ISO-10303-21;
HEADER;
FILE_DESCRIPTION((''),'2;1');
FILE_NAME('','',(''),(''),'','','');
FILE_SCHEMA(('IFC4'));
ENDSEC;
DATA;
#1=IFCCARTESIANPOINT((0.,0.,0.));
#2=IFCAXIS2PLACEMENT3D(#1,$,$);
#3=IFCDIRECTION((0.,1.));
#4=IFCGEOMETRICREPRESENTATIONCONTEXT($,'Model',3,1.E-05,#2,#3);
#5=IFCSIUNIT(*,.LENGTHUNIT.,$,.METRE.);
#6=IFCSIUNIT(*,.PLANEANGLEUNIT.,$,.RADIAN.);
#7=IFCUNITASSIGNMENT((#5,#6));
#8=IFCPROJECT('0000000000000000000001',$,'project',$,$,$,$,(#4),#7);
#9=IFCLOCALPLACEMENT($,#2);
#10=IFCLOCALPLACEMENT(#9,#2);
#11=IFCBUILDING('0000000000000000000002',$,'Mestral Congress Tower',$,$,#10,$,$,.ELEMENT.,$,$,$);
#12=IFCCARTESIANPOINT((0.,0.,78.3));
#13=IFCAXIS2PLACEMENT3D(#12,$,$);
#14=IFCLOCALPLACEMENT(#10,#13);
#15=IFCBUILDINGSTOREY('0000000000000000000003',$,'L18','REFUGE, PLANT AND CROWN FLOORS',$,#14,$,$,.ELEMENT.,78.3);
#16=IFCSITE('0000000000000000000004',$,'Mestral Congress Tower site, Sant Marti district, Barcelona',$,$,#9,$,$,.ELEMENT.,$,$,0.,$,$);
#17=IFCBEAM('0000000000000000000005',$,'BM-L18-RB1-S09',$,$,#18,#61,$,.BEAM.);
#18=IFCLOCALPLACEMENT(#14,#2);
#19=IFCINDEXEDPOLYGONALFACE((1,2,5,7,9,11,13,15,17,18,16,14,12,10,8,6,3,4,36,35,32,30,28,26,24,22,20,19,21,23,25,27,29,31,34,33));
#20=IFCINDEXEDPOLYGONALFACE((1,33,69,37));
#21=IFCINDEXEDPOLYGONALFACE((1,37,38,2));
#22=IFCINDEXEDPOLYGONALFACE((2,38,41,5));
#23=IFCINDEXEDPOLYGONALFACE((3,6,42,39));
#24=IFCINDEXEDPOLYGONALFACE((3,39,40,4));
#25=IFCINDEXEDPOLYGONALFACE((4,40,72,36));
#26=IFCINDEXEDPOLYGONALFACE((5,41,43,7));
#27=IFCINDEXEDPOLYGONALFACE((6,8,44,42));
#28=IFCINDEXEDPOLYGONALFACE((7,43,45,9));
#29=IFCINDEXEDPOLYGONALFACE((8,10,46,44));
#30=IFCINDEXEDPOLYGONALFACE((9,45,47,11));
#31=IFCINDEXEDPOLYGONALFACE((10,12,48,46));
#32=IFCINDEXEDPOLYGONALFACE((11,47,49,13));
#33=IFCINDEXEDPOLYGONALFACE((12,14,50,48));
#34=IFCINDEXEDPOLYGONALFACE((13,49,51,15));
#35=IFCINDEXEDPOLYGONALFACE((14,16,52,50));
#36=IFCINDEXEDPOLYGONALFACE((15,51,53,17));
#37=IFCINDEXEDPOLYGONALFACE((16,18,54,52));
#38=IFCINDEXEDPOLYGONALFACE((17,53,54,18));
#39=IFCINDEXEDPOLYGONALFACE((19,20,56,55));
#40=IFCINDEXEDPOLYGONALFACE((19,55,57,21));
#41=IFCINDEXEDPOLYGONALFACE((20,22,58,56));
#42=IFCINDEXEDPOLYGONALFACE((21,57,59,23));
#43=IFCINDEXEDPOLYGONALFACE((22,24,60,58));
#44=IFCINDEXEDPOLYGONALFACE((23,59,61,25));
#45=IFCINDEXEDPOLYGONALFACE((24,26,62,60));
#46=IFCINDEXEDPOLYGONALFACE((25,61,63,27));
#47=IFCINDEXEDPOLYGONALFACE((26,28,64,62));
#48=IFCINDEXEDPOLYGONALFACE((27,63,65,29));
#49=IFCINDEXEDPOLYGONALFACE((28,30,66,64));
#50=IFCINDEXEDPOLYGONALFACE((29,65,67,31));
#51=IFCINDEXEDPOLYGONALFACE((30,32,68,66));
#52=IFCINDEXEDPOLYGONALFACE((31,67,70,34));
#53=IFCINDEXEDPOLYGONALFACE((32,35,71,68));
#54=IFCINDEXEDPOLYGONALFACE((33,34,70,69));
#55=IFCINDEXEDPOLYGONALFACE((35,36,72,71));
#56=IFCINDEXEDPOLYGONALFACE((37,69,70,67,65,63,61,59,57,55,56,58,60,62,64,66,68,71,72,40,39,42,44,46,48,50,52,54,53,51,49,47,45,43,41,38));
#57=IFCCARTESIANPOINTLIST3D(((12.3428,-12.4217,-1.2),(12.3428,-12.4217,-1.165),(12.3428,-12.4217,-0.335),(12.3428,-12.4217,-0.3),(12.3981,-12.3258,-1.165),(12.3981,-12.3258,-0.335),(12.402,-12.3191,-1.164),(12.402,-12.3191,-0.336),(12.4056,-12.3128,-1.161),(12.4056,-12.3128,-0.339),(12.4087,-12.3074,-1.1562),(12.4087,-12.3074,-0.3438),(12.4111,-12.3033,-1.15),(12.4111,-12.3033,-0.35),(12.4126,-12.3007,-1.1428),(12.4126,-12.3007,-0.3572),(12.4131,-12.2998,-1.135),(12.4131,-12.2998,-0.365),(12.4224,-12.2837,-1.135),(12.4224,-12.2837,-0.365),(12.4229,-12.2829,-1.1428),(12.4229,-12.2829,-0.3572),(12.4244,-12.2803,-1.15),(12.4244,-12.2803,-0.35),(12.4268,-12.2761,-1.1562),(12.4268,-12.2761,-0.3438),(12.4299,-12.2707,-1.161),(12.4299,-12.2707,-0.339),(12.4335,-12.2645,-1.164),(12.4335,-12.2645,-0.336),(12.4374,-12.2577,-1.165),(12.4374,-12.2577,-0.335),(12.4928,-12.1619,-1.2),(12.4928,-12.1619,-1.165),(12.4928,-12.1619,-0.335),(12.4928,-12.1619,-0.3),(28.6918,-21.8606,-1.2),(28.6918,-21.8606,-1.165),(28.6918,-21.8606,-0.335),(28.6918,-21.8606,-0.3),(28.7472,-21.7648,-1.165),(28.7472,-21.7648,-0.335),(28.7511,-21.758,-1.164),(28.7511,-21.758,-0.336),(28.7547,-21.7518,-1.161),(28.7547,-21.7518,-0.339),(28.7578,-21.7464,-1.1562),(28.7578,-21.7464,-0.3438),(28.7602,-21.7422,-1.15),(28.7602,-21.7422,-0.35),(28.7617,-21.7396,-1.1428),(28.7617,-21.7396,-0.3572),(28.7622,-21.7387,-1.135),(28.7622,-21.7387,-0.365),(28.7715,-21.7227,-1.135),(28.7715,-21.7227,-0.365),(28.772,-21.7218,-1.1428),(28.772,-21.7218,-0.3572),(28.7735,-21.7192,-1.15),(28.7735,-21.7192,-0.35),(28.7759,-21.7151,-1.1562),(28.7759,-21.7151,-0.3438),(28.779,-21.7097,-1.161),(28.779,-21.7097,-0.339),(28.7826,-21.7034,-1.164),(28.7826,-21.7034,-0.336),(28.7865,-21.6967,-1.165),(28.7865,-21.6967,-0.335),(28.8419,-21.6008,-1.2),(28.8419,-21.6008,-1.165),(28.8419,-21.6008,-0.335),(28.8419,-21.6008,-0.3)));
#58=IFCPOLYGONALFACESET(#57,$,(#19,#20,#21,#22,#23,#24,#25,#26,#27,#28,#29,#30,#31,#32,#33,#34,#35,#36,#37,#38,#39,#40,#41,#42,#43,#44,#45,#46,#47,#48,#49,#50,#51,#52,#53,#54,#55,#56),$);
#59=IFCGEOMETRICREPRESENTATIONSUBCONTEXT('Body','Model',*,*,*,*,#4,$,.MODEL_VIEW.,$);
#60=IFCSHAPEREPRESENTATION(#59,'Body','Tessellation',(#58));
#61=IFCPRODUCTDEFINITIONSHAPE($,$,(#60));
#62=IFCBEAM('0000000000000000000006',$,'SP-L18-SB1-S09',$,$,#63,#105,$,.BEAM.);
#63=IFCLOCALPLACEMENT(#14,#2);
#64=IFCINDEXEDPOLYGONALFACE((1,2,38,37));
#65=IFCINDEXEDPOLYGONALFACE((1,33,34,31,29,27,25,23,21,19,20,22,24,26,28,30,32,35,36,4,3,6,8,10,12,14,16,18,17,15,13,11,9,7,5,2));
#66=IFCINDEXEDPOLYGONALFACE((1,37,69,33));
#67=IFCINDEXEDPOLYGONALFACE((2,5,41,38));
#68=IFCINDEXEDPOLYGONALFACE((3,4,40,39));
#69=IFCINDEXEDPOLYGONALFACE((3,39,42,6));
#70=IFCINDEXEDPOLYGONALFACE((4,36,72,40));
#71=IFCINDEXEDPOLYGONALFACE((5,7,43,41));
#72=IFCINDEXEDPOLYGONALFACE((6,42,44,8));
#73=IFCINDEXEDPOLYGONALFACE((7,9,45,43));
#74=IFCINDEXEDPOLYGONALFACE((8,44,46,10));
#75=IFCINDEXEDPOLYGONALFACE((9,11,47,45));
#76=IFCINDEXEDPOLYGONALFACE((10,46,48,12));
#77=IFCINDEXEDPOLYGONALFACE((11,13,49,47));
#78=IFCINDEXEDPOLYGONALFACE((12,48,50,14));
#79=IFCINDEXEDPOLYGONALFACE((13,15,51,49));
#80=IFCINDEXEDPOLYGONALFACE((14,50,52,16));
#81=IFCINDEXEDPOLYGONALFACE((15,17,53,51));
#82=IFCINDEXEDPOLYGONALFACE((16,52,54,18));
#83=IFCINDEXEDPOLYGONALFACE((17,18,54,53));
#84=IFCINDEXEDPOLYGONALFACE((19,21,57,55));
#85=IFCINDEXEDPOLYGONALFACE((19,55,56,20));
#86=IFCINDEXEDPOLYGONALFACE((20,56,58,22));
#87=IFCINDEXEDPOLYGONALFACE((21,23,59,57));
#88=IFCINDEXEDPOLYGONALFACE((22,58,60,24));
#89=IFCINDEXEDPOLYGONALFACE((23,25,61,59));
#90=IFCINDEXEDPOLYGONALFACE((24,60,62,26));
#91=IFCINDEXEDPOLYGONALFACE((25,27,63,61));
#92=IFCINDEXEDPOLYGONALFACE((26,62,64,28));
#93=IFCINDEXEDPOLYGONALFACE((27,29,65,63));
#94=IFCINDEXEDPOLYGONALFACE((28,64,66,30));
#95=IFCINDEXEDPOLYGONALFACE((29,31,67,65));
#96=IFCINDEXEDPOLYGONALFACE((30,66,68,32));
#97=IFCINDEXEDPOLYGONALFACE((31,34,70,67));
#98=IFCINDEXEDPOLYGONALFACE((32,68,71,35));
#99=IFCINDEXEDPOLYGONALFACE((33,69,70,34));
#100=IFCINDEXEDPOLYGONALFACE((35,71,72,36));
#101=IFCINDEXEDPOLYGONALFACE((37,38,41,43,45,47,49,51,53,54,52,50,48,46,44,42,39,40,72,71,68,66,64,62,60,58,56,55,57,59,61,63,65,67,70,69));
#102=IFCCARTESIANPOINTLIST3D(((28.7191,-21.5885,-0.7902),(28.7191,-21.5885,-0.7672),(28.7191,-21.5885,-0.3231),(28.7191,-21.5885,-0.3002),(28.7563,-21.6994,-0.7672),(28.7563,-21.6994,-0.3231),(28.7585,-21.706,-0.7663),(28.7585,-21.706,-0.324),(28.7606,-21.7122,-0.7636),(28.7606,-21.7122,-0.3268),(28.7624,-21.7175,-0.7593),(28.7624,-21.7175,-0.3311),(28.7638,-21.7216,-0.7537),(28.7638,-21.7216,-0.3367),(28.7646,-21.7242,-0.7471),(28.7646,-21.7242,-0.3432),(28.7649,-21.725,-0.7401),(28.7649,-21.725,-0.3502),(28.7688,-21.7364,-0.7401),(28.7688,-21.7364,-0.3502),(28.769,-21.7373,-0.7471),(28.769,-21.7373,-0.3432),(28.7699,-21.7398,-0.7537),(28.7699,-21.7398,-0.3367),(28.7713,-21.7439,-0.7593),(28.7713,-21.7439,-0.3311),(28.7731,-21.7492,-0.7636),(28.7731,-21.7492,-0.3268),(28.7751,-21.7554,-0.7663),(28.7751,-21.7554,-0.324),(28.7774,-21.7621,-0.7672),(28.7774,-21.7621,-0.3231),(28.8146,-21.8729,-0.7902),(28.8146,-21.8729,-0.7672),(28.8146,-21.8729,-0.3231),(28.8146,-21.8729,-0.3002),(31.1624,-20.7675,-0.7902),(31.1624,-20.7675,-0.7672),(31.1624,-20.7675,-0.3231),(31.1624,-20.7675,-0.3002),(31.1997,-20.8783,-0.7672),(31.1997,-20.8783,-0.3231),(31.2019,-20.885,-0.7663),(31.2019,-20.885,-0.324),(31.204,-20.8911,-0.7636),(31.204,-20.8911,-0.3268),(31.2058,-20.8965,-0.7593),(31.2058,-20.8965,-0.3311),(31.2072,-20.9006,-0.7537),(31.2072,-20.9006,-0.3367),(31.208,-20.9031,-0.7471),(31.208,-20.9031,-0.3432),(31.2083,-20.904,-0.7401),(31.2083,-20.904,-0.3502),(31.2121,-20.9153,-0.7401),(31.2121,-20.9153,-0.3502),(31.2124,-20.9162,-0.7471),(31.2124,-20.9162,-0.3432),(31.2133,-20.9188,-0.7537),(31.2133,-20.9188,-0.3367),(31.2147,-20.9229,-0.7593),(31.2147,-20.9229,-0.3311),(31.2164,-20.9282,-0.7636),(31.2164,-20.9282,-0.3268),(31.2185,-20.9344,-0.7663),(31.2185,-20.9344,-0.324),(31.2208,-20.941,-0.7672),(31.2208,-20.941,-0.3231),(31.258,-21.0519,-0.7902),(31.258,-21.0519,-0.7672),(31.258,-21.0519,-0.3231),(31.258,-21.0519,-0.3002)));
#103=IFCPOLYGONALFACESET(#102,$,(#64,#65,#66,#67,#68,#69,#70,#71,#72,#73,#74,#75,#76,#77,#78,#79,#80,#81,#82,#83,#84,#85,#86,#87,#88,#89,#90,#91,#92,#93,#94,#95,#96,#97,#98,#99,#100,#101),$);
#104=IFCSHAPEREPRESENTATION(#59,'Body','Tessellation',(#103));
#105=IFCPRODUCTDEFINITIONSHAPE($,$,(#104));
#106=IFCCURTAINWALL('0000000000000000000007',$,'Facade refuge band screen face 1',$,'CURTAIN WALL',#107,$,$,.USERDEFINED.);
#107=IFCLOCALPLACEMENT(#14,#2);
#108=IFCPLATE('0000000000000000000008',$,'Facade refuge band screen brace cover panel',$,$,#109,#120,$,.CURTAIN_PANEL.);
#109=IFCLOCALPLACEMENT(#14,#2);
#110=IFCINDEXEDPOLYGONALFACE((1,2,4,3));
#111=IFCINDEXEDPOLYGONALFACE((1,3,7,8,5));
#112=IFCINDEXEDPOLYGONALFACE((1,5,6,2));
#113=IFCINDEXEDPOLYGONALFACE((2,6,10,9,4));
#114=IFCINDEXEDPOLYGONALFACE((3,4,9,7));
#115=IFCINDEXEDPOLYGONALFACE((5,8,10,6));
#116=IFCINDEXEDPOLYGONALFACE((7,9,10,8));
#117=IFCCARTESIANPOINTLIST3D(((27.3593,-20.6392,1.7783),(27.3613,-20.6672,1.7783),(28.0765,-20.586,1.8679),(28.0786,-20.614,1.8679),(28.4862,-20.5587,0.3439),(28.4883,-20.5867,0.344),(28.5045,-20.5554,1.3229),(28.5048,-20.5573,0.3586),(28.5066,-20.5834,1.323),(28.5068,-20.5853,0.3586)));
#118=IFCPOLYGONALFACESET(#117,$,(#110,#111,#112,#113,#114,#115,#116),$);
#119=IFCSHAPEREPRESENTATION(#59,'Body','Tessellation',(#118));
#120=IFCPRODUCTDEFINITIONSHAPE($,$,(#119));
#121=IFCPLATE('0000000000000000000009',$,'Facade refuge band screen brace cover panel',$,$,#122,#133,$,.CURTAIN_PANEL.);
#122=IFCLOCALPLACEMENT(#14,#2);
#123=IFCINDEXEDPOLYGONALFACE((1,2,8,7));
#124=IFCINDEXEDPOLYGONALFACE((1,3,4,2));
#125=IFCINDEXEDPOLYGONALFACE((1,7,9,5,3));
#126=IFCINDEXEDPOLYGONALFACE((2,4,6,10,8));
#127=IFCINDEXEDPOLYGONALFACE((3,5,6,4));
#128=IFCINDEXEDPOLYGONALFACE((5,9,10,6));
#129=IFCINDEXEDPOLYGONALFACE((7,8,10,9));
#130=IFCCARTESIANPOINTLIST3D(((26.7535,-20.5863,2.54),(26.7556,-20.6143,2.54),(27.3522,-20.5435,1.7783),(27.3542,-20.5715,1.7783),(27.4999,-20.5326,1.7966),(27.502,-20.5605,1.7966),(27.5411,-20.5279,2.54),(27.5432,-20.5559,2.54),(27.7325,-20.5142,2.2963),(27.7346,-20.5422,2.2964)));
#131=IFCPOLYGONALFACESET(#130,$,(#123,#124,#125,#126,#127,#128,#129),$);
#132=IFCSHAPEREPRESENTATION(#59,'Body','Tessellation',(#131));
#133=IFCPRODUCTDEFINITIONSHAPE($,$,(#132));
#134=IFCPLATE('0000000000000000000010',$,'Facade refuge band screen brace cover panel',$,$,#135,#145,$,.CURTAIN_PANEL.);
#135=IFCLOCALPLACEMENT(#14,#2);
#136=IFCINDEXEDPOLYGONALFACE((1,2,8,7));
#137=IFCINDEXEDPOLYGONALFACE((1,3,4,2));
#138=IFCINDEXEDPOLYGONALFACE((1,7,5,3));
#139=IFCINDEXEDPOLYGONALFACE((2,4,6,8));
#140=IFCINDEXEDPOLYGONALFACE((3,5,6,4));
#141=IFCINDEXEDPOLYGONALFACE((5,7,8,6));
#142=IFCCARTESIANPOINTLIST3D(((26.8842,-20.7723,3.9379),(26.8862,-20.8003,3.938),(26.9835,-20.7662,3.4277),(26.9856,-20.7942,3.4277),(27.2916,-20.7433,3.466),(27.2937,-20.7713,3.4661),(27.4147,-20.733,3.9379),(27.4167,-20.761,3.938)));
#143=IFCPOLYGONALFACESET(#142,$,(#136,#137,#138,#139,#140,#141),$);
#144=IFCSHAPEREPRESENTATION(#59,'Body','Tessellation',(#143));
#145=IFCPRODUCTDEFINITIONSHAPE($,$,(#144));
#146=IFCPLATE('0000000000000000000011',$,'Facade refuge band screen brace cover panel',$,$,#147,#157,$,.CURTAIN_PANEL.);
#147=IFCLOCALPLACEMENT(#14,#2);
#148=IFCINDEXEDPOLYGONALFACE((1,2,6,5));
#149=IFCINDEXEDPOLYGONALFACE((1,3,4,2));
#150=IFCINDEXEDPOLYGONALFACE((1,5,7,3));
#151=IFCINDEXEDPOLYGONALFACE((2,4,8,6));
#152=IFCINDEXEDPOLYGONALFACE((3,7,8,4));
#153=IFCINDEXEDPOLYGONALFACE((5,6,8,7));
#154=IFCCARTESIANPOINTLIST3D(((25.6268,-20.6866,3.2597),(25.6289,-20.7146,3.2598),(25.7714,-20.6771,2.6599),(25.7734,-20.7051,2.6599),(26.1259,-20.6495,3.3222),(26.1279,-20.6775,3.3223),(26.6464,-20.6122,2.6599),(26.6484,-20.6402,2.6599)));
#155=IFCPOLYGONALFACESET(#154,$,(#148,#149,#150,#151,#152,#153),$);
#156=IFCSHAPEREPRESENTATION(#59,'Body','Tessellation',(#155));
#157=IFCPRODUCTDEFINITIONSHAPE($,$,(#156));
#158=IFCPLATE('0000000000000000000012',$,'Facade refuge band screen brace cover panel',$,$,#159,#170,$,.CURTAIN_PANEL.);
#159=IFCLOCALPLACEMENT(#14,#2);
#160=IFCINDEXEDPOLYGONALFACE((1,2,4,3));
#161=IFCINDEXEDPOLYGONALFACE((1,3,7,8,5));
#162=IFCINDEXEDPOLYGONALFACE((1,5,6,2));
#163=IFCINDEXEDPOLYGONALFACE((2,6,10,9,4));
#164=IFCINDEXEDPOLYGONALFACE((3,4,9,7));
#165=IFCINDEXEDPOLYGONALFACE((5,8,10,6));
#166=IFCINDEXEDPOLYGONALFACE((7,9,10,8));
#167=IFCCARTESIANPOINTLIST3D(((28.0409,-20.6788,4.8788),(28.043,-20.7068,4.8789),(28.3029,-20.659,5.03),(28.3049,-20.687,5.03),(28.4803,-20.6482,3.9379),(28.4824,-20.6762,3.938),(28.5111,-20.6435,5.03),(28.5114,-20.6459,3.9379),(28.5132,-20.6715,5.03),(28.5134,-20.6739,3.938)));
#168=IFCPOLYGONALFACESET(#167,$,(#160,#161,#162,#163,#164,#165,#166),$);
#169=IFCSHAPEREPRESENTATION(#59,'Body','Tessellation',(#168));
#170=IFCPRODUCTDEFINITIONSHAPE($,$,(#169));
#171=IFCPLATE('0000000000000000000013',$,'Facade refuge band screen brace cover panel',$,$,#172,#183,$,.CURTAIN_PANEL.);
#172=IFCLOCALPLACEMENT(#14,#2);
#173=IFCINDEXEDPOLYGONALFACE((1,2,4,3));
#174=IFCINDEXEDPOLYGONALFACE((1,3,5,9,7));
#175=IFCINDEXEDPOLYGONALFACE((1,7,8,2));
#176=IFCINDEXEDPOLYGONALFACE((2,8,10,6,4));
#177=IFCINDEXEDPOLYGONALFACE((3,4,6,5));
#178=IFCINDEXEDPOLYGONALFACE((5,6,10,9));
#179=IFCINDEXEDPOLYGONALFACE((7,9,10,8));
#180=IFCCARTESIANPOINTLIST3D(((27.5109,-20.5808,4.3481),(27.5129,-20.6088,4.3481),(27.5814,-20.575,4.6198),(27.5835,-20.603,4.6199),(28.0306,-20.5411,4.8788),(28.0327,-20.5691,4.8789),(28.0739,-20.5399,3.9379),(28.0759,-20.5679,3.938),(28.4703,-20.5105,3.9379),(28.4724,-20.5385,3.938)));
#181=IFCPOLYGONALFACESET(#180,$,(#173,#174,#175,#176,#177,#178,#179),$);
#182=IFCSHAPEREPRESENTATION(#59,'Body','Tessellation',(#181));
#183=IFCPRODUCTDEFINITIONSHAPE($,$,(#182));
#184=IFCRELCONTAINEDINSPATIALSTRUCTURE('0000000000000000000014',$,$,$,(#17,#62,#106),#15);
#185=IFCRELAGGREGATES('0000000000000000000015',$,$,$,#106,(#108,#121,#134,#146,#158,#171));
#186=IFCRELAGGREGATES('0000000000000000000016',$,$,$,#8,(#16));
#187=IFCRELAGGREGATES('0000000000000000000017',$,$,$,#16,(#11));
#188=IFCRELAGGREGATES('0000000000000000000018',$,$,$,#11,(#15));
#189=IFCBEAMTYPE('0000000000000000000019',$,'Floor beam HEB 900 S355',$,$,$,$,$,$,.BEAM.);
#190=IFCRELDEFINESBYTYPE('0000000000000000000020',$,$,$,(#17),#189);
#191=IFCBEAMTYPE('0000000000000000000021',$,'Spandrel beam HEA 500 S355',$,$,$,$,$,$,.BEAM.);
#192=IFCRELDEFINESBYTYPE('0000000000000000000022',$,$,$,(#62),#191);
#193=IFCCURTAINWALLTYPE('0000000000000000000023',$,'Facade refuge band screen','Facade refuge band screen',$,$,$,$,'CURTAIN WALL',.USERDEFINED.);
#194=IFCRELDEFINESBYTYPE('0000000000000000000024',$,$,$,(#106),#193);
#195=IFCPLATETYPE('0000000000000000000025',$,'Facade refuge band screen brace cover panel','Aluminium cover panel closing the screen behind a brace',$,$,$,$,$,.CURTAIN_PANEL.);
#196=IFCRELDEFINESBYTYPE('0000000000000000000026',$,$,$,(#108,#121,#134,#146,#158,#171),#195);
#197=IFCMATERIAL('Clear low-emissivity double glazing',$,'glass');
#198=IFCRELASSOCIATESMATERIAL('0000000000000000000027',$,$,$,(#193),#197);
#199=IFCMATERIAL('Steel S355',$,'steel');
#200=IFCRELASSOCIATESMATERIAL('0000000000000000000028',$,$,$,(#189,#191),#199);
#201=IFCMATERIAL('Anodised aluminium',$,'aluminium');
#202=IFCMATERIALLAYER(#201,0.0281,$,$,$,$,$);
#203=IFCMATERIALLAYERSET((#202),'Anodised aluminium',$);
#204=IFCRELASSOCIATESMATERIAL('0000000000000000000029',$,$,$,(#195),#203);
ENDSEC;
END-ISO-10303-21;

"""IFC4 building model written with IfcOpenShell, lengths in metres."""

from ifc_helpers import new_model, si_unit, direction, frame, origin, origin_2d, place, context, subcontext, project, spatial, polyline, i_section, outline, extrude, material, layer, layer_set, material_profile, profile_set, type_object, element, aggregate, save


model = new_model("IFC4")

# Units and contexts
model_context = context("Model", 3, precision=1e-05, world=origin(), true_north=direction((0.0, 1.0)))
body_context = subcontext(model_context, "Body", "Model", "MODEL_VIEW")
ifc_project = project(units=[si_unit("LENGTHUNIT", "METRE"), si_unit("PLANEANGLEUNIT", "RADIAN")], contexts=[model_context])

# Site, building, storey
site_placement = place(None, origin())
site = spatial("IfcSite", under=ifc_project, at=site_placement, Name="Mestral Congress Tower site, Sant Marti district, Barcelona", CompositionType="ELEMENT", RefElevation=0.0)
building_placement = place(site_placement, origin())
building = spatial("IfcBuilding", under=site, at=building_placement, Name="Mestral Congress Tower", CompositionType="ELEMENT")
storey_placement = place(building_placement, frame((0.0, 0.0, 78.3)))
storey = spatial("IfcBuildingStorey", under=building, at=storey_placement, Name="L18", Description="REFUGE, PLANT AND CROWN FLOORS", CompositionType="ELEMENT", Elevation=78.3)

# Shared definitions
ifc_material_1 = material(Name="Steel S355", Category="steel")

# Shared definitions
ifc_material_2 = material(Name="Clear low-emissivity double glazing", Category="glass")
curtain_wall_type = type_object("IfcCurtainWallType", Name="Facade refuge band screen", Description="Facade refuge band screen", ElementType="CURTAIN WALL", PredefinedType="USERDEFINED", material=ifc_material_2)
placement = place(storey_placement, origin())
ifc_material_3 = material(Name="Anodised aluminium", Category="aluminium")

# Beams
ifc_material_profile_1 = material_profile(ifc_material_1, i_section(OverallWidth=0.3, OverallDepth=0.8999, WebThickness=0.0186, FlangeThickness=0.0349, FilletRadius=0.03, at=origin_2d()), Name="HEB 900")
ifc_profile_set_1 = profile_set([ifc_material_profile_1], Name="Steel S355")
beam_type_1 = type_object("IfcBeamType", Name="Floor beam HEB 900 S355", PredefinedType="BEAM", material=ifc_profile_set_1)
beam_1_placement = place(storey_placement, frame((28.7668, -21.7307, -0.75), z_axis=(-0.86603, 0.499992, 0.0), x_axis=(-0.499992, -0.86603, 0.0)))
element("IfcBeam", 1, at=beam_1_placement, inside=storey, type_object=beam_type_1, Name="BM-L18-RB1-S09", PredefinedType="BEAM", context=body_context, shape_type="SweptSolid", body=[
    extrude(i_section(OverallWidth=0.3, OverallDepth=0.8999, WebThickness=0.0186, FlangeThickness=0.0349, FilletRadius=0.03, at=origin_2d()), origin(), (0.0, 0.0, 1.0), 18.8782),
])
ifc_material_profile_2 = material_profile(ifc_material_1, i_section(OverallWidth=0.3, OverallDepth=0.49, WebThickness=0.012, FlangeThickness=0.0229, FilletRadius=0.0271, at=origin_2d()), Name="HEA 500")
ifc_profile_set_2 = profile_set([ifc_material_profile_2], Name="Steel S355")
beam_type_2 = type_object("IfcBeamType", Name="Spandrel beam HEA 500 S355", PredefinedType="BEAM", material=ifc_profile_set_2)
beam_2_placement = place(storey_placement, frame((28.7668, -21.7307, -0.5452), z_axis=(0.947913, 0.318528, 0.0), x_axis=(-0.318528, 0.947913, 0.0)))
element("IfcBeam", 2, at=beam_2_placement, inside=storey, type_object=beam_type_2, Name="SP-L18-SB1-S09", PredefinedType="BEAM", context=body_context, shape_type="SweptSolid", body=[
    extrude(i_section(OverallWidth=0.3, OverallDepth=0.49, WebThickness=0.012, FlangeThickness=0.0229, FilletRadius=0.0271, at=origin_2d()), origin(), (0.0, 0.0, 1.0), 2.5776),
])

# Curtain wall, plates
curtain_wall_1 = element("IfcCurtainWall", 3, at=placement, inside=storey, type_object=curtain_wall_type, Name="Facade refuge band screen face 1", ObjectType="CURTAIN WALL", PredefinedType="USERDEFINED")
ifc_layer_1 = layer(ifc_material_3, 0.0281)
ifc_layer_set_1 = layer_set([ifc_layer_1], Name="Anodised aluminium")
plate_type_1 = type_object("IfcPlateType", Name="Facade refuge band screen brace cover panel", Description="Aluminium cover panel closing the screen behind a brace", PredefinedType="CURTAIN_PANEL", material=ifc_layer_set_1)
plate_1_placement = place(storey_placement, frame((28.4883, -20.5867, 0.344), z_axis=(0.073721, -0.997277, 0.001911), x_axis=(-0.617214, -0.044121, 0.785557)))
plate_1 = element("IfcPlate", 4, at=plate_1_placement, type_object=plate_type_1, Name="Facade refuge band screen brace cover panel", PredefinedType="CURTAIN_PANEL", context=body_context, shape_type="SweptSolid", body=[
    extrude(outline(polyline([(0.0, 0.0), (1.8259, 0.0), (1.4512, -0.6205), (0.7576, -0.6203), (0.0, -0.0237), (0.0, 0.0)])), origin(), (0.0, 0.0, -1.0), 0.0281),
])
plate_2_placement = place(storey_placement, frame((27.5432, -20.5559, 2.54), z_axis=(0.073895, -0.997264, 0.002126), x_axis=(0.617153, 0.044055, -0.785609)))
plate_2 = element("IfcPlate", 5, at=plate_2_placement, type_object=plate_type_1, Name="Facade refuge band screen brace cover panel", PredefinedType="CURTAIN_PANEL", context=body_context, shape_type="SweptSolid", body=[
    extrude(outline(polyline([(0.0, 0.0), (0.3101, 0.0), (0.5584, -0.4926), (0.4811, -0.6202), (-0.4886, -0.6204), (0.0, 0.0)])), origin(), (0.0, 0.0, -1.0), 0.0281),
])
plate_3_placement = place(storey_placement, frame((27.4167, -20.761, 3.938), z_axis=(0.073921, -0.997261, 0.002432), x_axis=(-0.252241, -0.021056, -0.967435)))
plate_3 = element("IfcPlate", 6, at=plate_3_placement, type_object=plate_type_1, Name="Facade refuge band screen brace cover panel", PredefinedType="CURTAIN_PANEL", context=body_context, shape_type="SweptSolid", body=[
    extrude(outline(polyline([(0.0, 0.0), (0.4878, 0.0), (0.6031, -0.2892), (0.1346, -0.5146), (0.0, 0.0)])), origin(), (0.0, 0.0, -1.0), 0.0281),
])
plate_4_placement = place(storey_placement, frame((26.1279, -20.6775, 3.3223), z_axis=(0.073979, -0.997258, 0.001943), x_axis=(0.617282, 0.044261, -0.785496)))
plate_4 = element("IfcPlate", 7, at=plate_4_placement, type_object=plate_type_1, Name="Facade refuge band screen brace cover panel", PredefinedType="CURTAIN_PANEL", context=body_context, shape_type="SweptSolid", body=[
    extrude(outline(polyline([(0.0, 0.0), (0.8432, 0.0), (0.3002, -0.6892), (-0.2606, -0.4317), (0.0, 0.0)])), origin(), (0.0, 0.0, -1.0), 0.0281),
])
plate_5_placement = place(storey_placement, frame((28.3049, -20.687, 5.03), z_axis=(0.074131, -0.997246, 0.002184), x_axis=(0.997249, 0.074131, -0.000001)))
plate_5 = element("IfcPlate", 8, at=plate_5_placement, type_object=plate_type_1, Name="Facade refuge band screen brace cover panel", PredefinedType="CURTAIN_PANEL", context=body_context, shape_type="SweptSolid", body=[
    extrude(outline(polyline([(0.0, 0.0), (0.2088, 0.0), (0.2089, -1.092), (0.1778, -1.092), (-0.2627, -0.1511), (0.0, 0.0)])), origin(), (0.0, 0.0, -1.0), 0.0281),
])
plate_6_placement = place(storey_placement, frame((28.0327, -20.5691, 4.8789), z_axis=(0.073985, -0.997257, 0.002123), x_axis=(0.423172, 0.029467, -0.90557)))
plate_6 = element("IfcPlate", 9, at=plate_6_placement, type_object=plate_type_1, Name="Facade refuge band screen brace cover panel", PredefinedType="CURTAIN_PANEL", context=body_context, shape_type="SweptSolid", body=[
    extrude(outline(polyline([(0.0, 0.0), (1.039, 0.0), (0.8704, -0.36), (0.2595, -0.6972), (0.0435, -0.5178), (0.0, 0.0)])), origin(), (0.0, 0.0, -1.0), 0.0281),
])

aggregate(curtain_wall_1, [plate_1, plate_2, plate_3, plate_4, plate_5, plate_6])

save(model, "model.ifc")
